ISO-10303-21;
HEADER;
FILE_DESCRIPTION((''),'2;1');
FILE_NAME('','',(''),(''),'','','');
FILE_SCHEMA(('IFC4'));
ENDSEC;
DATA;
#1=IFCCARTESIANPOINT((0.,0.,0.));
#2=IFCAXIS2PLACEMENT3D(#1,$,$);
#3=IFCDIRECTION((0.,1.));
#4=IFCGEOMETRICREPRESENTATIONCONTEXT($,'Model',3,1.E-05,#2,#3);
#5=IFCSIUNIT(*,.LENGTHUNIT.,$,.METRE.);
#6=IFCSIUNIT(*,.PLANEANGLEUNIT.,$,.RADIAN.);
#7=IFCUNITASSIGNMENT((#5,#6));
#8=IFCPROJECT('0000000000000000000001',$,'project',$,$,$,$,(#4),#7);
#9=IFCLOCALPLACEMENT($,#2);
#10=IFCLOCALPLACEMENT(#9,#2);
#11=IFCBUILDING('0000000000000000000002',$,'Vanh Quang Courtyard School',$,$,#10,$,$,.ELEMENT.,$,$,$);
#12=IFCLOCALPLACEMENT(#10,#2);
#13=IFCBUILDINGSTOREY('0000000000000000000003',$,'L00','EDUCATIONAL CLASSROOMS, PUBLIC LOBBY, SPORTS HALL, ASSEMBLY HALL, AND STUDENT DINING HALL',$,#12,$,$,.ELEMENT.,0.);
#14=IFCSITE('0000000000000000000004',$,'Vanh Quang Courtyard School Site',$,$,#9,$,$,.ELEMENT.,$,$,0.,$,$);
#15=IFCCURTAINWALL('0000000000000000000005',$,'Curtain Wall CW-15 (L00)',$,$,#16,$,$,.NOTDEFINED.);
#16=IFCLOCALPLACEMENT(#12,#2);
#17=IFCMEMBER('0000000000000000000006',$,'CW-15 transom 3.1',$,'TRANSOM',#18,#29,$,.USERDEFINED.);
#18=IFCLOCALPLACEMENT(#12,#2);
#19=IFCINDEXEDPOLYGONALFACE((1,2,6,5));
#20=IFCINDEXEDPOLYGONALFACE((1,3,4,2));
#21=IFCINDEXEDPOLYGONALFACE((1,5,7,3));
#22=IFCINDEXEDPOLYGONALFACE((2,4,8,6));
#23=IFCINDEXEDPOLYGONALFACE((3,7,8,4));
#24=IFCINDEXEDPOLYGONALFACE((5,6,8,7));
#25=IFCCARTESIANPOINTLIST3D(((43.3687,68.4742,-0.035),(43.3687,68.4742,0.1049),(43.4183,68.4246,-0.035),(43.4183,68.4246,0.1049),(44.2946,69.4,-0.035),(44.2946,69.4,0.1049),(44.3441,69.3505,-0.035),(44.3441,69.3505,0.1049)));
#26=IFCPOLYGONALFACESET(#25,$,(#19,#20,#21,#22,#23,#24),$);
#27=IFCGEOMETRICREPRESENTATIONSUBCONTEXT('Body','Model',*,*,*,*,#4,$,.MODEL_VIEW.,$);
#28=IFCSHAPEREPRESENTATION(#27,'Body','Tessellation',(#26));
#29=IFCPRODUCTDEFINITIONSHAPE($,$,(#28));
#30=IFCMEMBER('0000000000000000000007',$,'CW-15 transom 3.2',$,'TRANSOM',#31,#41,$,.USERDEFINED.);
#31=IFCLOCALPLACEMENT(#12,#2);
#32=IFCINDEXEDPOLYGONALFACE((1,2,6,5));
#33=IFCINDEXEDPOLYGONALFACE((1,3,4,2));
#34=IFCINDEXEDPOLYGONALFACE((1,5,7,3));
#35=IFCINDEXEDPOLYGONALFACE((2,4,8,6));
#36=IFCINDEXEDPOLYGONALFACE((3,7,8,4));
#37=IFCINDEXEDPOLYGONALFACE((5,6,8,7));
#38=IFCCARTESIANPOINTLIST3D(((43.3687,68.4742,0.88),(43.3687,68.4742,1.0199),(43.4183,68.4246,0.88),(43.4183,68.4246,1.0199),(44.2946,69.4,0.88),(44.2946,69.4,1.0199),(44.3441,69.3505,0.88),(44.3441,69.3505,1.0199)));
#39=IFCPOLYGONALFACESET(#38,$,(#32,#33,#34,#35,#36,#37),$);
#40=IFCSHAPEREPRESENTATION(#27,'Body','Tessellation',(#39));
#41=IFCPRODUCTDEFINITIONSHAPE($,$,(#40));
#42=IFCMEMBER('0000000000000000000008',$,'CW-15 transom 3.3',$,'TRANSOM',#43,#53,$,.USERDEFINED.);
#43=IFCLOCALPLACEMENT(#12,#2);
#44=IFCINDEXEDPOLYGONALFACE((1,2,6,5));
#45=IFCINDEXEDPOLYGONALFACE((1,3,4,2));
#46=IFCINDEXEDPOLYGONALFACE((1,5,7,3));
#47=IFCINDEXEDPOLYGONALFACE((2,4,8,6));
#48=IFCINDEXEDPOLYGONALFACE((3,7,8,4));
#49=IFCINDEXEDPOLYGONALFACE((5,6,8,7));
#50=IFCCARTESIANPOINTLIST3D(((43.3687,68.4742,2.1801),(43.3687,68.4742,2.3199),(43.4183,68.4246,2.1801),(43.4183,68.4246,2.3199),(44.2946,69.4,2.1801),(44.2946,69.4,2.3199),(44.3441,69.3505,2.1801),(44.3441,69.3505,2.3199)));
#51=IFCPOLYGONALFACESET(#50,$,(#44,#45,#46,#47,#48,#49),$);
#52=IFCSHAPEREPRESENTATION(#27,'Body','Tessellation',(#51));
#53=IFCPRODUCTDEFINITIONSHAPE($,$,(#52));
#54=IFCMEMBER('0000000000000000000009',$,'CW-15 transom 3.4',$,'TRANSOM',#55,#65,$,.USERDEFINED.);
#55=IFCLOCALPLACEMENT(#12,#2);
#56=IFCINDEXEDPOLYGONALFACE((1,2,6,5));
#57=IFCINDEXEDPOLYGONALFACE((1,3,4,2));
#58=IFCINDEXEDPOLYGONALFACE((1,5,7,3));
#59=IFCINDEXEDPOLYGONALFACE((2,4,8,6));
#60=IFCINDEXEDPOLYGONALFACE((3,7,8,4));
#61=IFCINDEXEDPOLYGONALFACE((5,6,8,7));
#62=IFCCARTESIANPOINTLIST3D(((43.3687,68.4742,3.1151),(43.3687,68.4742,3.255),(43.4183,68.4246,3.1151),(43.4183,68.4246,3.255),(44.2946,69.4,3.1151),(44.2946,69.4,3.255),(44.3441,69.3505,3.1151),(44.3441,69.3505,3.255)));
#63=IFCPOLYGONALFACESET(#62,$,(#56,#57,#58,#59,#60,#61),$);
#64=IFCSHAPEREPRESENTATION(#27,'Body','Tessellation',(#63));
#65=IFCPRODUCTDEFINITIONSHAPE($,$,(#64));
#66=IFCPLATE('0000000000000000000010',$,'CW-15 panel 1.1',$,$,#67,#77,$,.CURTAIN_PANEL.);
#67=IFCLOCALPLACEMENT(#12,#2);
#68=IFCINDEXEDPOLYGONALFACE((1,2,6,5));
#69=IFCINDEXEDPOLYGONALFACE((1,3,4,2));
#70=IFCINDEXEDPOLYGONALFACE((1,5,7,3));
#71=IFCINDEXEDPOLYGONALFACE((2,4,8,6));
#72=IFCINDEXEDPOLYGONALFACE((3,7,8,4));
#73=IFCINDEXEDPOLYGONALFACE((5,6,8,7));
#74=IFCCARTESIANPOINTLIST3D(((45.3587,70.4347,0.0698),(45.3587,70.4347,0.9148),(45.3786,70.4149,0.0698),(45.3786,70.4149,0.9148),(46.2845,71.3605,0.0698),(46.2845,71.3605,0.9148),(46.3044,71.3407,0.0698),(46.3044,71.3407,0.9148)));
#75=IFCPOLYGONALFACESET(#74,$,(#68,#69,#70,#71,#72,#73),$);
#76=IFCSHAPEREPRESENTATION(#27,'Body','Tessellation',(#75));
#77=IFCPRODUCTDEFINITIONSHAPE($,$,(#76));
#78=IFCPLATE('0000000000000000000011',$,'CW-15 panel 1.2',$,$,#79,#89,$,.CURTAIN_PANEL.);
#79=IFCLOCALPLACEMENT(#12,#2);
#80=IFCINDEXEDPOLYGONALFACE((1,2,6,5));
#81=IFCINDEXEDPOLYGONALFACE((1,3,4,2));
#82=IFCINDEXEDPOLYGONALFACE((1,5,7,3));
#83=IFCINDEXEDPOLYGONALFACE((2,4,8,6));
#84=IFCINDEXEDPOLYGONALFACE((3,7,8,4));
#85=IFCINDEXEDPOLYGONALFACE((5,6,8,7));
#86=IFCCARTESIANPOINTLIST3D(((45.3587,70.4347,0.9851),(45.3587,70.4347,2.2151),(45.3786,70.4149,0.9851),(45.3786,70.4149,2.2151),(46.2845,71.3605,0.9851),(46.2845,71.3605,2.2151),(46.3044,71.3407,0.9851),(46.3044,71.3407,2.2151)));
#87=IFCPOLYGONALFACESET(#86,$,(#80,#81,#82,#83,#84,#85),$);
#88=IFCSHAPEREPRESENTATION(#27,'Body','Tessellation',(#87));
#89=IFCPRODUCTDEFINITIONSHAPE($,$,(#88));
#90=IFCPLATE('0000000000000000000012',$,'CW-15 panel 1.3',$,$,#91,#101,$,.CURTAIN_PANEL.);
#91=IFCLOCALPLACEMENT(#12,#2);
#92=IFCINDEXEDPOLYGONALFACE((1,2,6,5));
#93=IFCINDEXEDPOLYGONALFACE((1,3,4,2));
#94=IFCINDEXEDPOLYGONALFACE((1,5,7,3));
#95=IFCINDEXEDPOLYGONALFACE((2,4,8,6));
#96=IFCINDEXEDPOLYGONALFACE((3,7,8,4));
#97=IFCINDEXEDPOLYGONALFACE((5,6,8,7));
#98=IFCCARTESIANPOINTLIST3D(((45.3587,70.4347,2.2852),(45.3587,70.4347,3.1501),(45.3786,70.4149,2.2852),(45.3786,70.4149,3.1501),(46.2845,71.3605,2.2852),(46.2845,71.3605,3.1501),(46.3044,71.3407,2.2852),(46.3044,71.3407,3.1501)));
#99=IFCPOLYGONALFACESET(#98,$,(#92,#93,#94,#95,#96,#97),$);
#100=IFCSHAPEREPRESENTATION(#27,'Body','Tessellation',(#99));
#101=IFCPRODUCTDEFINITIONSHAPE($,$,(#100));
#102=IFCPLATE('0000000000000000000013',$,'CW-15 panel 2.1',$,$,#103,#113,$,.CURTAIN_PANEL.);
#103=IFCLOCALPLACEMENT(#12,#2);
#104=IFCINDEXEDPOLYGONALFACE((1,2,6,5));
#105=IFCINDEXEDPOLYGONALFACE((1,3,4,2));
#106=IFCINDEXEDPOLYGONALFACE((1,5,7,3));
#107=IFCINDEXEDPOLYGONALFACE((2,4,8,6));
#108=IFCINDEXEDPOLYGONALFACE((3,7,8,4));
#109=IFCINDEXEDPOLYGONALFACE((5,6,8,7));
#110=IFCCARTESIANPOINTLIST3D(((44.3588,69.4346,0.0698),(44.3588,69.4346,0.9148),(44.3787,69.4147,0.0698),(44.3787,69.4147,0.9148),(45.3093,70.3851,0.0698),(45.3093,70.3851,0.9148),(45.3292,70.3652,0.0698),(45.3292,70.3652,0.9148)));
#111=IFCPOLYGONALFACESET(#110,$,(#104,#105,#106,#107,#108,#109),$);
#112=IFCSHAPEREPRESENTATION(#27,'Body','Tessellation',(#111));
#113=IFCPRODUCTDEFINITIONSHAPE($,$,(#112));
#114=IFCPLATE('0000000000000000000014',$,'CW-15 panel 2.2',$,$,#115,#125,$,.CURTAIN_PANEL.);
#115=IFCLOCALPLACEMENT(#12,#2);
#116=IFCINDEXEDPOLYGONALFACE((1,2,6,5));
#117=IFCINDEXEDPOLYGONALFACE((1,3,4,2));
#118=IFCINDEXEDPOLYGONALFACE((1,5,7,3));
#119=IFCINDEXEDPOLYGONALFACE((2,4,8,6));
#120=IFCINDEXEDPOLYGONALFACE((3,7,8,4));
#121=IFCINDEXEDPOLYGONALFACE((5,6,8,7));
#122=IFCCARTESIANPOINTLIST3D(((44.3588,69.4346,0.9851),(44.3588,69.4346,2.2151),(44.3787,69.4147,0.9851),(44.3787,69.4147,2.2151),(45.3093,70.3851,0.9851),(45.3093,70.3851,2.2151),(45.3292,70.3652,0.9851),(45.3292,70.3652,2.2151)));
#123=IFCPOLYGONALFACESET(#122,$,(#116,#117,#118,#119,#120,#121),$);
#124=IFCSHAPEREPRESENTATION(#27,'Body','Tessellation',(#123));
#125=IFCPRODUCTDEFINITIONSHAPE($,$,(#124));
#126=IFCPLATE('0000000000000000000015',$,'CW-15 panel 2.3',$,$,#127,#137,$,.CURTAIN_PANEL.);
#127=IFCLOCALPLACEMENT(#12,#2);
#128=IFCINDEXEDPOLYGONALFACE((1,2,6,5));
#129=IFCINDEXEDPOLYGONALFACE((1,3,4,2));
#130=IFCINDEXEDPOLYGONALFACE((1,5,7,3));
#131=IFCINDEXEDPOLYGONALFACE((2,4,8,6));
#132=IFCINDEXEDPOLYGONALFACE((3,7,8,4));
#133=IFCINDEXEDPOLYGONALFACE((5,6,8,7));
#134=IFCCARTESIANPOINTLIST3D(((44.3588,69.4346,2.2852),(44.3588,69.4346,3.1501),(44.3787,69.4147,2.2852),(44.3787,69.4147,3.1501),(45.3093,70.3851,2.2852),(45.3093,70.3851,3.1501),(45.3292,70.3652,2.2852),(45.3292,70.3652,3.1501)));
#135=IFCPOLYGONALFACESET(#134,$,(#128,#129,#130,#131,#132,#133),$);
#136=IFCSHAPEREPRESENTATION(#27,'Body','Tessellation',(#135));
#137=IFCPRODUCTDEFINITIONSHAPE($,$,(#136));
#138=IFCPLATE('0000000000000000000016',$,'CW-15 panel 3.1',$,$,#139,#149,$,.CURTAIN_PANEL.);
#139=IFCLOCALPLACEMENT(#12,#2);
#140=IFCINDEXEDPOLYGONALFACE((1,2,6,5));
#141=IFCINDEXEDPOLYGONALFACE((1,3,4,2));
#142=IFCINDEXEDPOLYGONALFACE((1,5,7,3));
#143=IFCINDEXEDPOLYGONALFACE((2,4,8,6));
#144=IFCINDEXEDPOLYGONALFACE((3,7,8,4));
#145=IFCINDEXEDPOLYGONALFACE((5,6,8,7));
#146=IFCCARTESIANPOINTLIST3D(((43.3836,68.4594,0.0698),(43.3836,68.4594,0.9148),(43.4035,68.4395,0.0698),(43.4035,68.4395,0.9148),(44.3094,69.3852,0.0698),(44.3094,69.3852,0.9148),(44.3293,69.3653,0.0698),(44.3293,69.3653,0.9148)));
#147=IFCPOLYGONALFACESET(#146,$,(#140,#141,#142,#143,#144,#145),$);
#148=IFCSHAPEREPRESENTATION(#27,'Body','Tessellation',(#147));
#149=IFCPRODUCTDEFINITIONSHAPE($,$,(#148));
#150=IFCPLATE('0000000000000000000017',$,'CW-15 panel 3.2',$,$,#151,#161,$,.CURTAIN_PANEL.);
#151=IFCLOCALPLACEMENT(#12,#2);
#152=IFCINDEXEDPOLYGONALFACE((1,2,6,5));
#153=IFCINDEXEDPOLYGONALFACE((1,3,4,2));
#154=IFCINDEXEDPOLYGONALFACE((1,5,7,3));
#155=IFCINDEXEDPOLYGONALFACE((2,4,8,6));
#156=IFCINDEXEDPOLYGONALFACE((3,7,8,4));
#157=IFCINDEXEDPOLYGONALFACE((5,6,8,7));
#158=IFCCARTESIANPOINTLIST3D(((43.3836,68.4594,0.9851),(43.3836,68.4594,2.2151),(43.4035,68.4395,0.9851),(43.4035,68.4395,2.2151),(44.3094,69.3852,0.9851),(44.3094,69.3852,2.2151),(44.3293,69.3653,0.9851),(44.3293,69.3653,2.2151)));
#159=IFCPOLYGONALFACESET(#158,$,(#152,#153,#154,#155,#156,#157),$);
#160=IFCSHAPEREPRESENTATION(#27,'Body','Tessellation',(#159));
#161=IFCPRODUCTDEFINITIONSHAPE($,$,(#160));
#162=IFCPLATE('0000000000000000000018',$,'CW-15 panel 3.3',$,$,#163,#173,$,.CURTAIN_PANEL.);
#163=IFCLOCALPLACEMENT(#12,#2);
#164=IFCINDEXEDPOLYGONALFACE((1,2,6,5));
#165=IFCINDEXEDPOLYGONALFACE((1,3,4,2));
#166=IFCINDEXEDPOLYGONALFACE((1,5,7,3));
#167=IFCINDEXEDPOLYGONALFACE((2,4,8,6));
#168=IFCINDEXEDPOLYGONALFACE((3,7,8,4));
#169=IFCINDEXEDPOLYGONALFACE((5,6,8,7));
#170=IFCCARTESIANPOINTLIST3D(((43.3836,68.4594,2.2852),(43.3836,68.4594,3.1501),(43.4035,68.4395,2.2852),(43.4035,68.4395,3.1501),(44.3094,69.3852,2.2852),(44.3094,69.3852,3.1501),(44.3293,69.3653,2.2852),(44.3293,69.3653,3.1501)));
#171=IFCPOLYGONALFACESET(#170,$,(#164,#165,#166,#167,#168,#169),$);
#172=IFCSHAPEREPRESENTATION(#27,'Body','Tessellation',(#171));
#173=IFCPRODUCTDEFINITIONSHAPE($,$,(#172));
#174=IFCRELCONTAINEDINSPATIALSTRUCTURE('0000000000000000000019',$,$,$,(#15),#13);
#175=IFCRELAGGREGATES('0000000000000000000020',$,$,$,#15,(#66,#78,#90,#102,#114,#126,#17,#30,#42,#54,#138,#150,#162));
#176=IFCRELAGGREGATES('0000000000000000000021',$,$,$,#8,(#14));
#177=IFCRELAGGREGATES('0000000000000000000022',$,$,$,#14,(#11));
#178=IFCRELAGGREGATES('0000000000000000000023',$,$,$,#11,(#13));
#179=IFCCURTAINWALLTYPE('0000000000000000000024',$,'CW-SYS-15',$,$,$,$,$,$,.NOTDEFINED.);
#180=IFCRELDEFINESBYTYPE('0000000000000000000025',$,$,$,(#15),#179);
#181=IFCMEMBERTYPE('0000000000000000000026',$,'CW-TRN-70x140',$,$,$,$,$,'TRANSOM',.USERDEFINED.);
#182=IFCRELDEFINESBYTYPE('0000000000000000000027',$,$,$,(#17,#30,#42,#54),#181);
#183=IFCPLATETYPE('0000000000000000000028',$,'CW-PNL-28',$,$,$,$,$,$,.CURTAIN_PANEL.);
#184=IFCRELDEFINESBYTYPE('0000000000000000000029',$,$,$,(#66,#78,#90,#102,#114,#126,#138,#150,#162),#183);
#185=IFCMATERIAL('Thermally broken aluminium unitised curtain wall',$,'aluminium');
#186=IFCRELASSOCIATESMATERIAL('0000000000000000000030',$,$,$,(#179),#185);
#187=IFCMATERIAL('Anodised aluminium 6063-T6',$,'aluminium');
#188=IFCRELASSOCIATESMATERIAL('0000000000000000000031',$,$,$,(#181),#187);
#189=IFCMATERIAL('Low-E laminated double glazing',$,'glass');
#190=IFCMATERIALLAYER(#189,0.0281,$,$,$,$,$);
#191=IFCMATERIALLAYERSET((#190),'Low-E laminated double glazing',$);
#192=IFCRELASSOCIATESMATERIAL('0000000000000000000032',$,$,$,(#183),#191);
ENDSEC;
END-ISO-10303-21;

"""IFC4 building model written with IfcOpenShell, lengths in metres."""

from ifc_helpers import new_model, si_unit, direction, frame, origin, origin_2d, place, context, subcontext, project, spatial, rectangle, extrude, material, layer, layer_set, material_profile, profile_set, type_object, element, aggregate, save


model = new_model("IFC4")

# Units and contexts
model_context = context("Model", 3, precision=1e-05, world=origin(), true_north=direction((0.0, 1.0)))
body_context = subcontext(model_context, "Body", "Model", "MODEL_VIEW")
ifc_project = project(units=[si_unit("LENGTHUNIT", "METRE"), si_unit("PLANEANGLEUNIT", "RADIAN")], contexts=[model_context])

# Site, building, storey
site_placement = place(None, origin())
site = spatial("IfcSite", under=ifc_project, at=site_placement, Name="Vanh Quang Courtyard School Site", CompositionType="ELEMENT", RefElevation=0.0)
building_placement = place(site_placement, origin())
building = spatial("IfcBuilding", under=site, at=building_placement, Name="Vanh Quang Courtyard School", CompositionType="ELEMENT")
storey_placement = place(building_placement, origin())
storey = spatial("IfcBuildingStorey", under=building, at=storey_placement, Name="L00", Description="EDUCATIONAL CLASSROOMS, PUBLIC LOBBY, SPORTS HALL, ASSEMBLY HALL, AND STUDENT DINING HALL", CompositionType="ELEMENT", Elevation=0.0)

# Curtain wall, members, plates
ifc_material_1 = material(Name="Thermally broken aluminium unitised curtain wall", Category="aluminium")
curtain_wall_type = type_object("IfcCurtainWallType", Name="CW-SYS-15", PredefinedType="NOTDEFINED", material=ifc_material_1)
curtain_wall_placement = place(storey_placement, origin())
curtain_wall = element("IfcCurtainWall", 1, at=curtain_wall_placement, inside=storey, type_object=curtain_wall_type, Name="Curtain Wall CW-15 (L00)", PredefinedType="NOTDEFINED")
ifc_material_2 = material(Name="Anodised aluminium 6063-T6", Category="aluminium")
ifc_material_profile_1 = material_profile(ifc_material_2, rectangle(XDim=0.0701, YDim=0.1399, at=origin_2d()), Name="ALU-TRN 70x140")
ifc_profile_set_1 = profile_set([ifc_material_profile_1], Name="Anodised aluminium 6063-T6")
member_type_1 = type_object("IfcMemberType", Name="CW-TRN-70x140", ElementType="TRANSOM", PredefinedType="USERDEFINED", material=ifc_profile_set_1)
member_1_placement = place(storey_placement, frame((44.3193, 69.3752, 0.0349), z_axis=(-0.707107, -0.707107, 0.0), x_axis=(0.707107, -0.707107, 0.0)))
member_1 = element("IfcMember", 2, at=member_1_placement, type_object=member_type_1, Name="CW-15 transom 3.1", ObjectType="TRANSOM", PredefinedType="USERDEFINED", context=body_context, shape_type="SweptSolid", body=[
    extrude(rectangle(XDim=0.0701, YDim=0.1399, at=origin_2d()), origin(), (0.0, 0.0, 1.0), 1.3093),
])
member_2_placement = place(storey_placement, frame((44.3193, 69.3752, 0.95), z_axis=(-0.707107, -0.707107, 0.0), x_axis=(0.707107, -0.707107, 0.0)))
member_2 = element("IfcMember", 3, at=member_2_placement, type_object=member_type_1, Name="CW-15 transom 3.2", ObjectType="TRANSOM", PredefinedType="USERDEFINED", context=body_context, shape_type="SweptSolid", body=[
    extrude(rectangle(XDim=0.0701, YDim=0.1399, at=origin_2d()), origin(), (0.0, 0.0, 1.0), 1.3093),
])
member_3_placement = place(storey_placement, frame((44.3193, 69.3752, 2.25), z_axis=(-0.707107, -0.707107, 0.0), x_axis=(0.707107, -0.707107, 0.0)))
member_3 = element("IfcMember", 4, at=member_3_placement, type_object=member_type_1, Name="CW-15 transom 3.3", ObjectType="TRANSOM", PredefinedType="USERDEFINED", context=body_context, shape_type="SweptSolid", body=[
    extrude(rectangle(XDim=0.0701, YDim=0.1399, at=origin_2d()), origin(), (0.0, 0.0, 1.0), 1.3093),
])
member_4_placement = place(storey_placement, frame((44.3193, 69.3752, 3.1851), z_axis=(-0.707107, -0.707107, 0.0), x_axis=(0.707107, -0.707107, 0.0)))
member_4 = element("IfcMember", 5, at=member_4_placement, type_object=member_type_1, Name="CW-15 transom 3.4", ObjectType="TRANSOM", PredefinedType="USERDEFINED", context=body_context, shape_type="SweptSolid", body=[
    extrude(rectangle(XDim=0.0701, YDim=0.1399, at=origin_2d()), origin(), (0.0, 0.0, 1.0), 1.3093),
])
ifc_material_3 = material(Name="Low-E laminated double glazing", Category="glass")
ifc_layer_1 = layer(ifc_material_3, 0.0281)
ifc_layer_set_1 = layer_set([ifc_layer_1], Name="Low-E laminated double glazing")
plate_type = type_object("IfcPlateType", Name="CW-PNL-28", PredefinedType="CURTAIN_PANEL", material=ifc_layer_set_1)
plate_1_placement = place(storey_placement, frame((45.8315, 70.8877, 0.0698), z_axis=(0.0, 0.0, 1.0), x_axis=(-0.707107, -0.707107, 0.0)))
plate_1 = element("IfcPlate", 6, at=plate_1_placement, type_object=plate_type, Name="CW-15 panel 1.1", PredefinedType="CURTAIN_PANEL", context=body_context, shape_type="SweptSolid", body=[
    extrude(rectangle(XDim=1.3093, YDim=0.0281, at=origin_2d()), origin(), (0.0, 0.0, 1.0), 0.845),
])
plate_2_placement = place(storey_placement, frame((45.8315, 70.8877, 0.9851), z_axis=(0.0, 0.0, 1.0), x_axis=(-0.707107, -0.707107, 0.0)))
plate_2 = element("IfcPlate", 7, at=plate_2_placement, type_object=plate_type, Name="CW-15 panel 1.2", PredefinedType="CURTAIN_PANEL", context=body_context, shape_type="SweptSolid", body=[
    extrude(rectangle(XDim=1.3093, YDim=0.0281, at=origin_2d()), origin(), (0.0, 0.0, 1.0), 1.23),
])
plate_3_placement = place(storey_placement, frame((45.8315, 70.8877, 2.2852), z_axis=(0.0, 0.0, 1.0), x_axis=(-0.707107, -0.707107, 0.0)))
plate_3 = element("IfcPlate", 8, at=plate_3_placement, type_object=plate_type, Name="CW-15 panel 1.3", PredefinedType="CURTAIN_PANEL", context=body_context, shape_type="SweptSolid", body=[
    extrude(rectangle(XDim=1.3093, YDim=0.0281, at=origin_2d()), origin(), (0.0, 0.0, 1.0), 0.865),
])
plate_4_placement = place(storey_placement, frame((44.844, 69.8999, 0.0698), z_axis=(0.0, 0.0, 1.0), x_axis=(-0.707107, -0.707107, 0.0)))
plate_4 = element("IfcPlate", 9, at=plate_4_placement, type_object=plate_type, Name="CW-15 panel 2.1", PredefinedType="CURTAIN_PANEL", context=body_context, shape_type="SweptSolid", body=[
    extrude(rectangle(XDim=1.3442, YDim=0.0281, at=origin_2d()), origin(), (0.0, 0.0, 1.0), 0.845),
])
plate_5_placement = place(storey_placement, frame((44.844, 69.8999, 0.9851), z_axis=(0.0, 0.0, 1.0), x_axis=(-0.707107, -0.707107, 0.0)))
plate_5 = element("IfcPlate", 10, at=plate_5_placement, type_object=plate_type, Name="CW-15 panel 2.2", PredefinedType="CURTAIN_PANEL", context=body_context, shape_type="SweptSolid", body=[
    extrude(rectangle(XDim=1.3442, YDim=0.0281, at=origin_2d()), origin(), (0.0, 0.0, 1.0), 1.23),
])
plate_6_placement = place(storey_placement, frame((44.844, 69.8999, 2.2852), z_axis=(0.0, 0.0, 1.0), x_axis=(-0.707107, -0.707107, 0.0)))
plate_6 = element("IfcPlate", 11, at=plate_6_placement, type_object=plate_type, Name="CW-15 panel 2.3", PredefinedType="CURTAIN_PANEL", context=body_context, shape_type="SweptSolid", body=[
    extrude(rectangle(XDim=1.3442, YDim=0.0281, at=origin_2d()), origin(), (0.0, 0.0, 1.0), 0.865),
])
plate_7_placement = place(storey_placement, frame((43.8564, 68.9124, 0.0698), z_axis=(0.0, 0.0, 1.0), x_axis=(-0.707107, -0.707107, 0.0)))
plate_7 = element("IfcPlate", 12, at=plate_7_placement, type_object=plate_type, Name="CW-15 panel 3.1", PredefinedType="CURTAIN_PANEL", context=body_context, shape_type="SweptSolid", body=[
    extrude(rectangle(XDim=1.3093, YDim=0.0281, at=origin_2d()), origin(), (0.0, 0.0, 1.0), 0.845),
])
plate_8_placement = place(storey_placement, frame((43.8564, 68.9124, 0.9851), z_axis=(0.0, 0.0, 1.0), x_axis=(-0.707107, -0.707107, 0.0)))
plate_8 = element("IfcPlate", 13, at=plate_8_placement, type_object=plate_type, Name="CW-15 panel 3.2", PredefinedType="CURTAIN_PANEL", context=body_context, shape_type="SweptSolid", body=[
    extrude(rectangle(XDim=1.3093, YDim=0.0281, at=origin_2d()), origin(), (0.0, 0.0, 1.0), 1.23),
])
plate_9_placement = place(storey_placement, frame((43.8564, 68.9124, 2.2852), z_axis=(0.0, 0.0, 1.0), x_axis=(-0.707107, -0.707107, 0.0)))
plate_9 = element("IfcPlate", 14, at=plate_9_placement, type_object=plate_type, Name="CW-15 panel 3.3", PredefinedType="CURTAIN_PANEL", context=body_context, shape_type="SweptSolid", body=[
    extrude(rectangle(XDim=1.3093, YDim=0.0281, at=origin_2d()), origin(), (0.0, 0.0, 1.0), 0.865),
])
aggregate(curtain_wall, [plate_1, plate_2, plate_3, plate_4, plate_5, plate_6, member_1, member_2, member_3, member_4, plate_7, plate_8, plate_9])

save(model, "model.ifc")
